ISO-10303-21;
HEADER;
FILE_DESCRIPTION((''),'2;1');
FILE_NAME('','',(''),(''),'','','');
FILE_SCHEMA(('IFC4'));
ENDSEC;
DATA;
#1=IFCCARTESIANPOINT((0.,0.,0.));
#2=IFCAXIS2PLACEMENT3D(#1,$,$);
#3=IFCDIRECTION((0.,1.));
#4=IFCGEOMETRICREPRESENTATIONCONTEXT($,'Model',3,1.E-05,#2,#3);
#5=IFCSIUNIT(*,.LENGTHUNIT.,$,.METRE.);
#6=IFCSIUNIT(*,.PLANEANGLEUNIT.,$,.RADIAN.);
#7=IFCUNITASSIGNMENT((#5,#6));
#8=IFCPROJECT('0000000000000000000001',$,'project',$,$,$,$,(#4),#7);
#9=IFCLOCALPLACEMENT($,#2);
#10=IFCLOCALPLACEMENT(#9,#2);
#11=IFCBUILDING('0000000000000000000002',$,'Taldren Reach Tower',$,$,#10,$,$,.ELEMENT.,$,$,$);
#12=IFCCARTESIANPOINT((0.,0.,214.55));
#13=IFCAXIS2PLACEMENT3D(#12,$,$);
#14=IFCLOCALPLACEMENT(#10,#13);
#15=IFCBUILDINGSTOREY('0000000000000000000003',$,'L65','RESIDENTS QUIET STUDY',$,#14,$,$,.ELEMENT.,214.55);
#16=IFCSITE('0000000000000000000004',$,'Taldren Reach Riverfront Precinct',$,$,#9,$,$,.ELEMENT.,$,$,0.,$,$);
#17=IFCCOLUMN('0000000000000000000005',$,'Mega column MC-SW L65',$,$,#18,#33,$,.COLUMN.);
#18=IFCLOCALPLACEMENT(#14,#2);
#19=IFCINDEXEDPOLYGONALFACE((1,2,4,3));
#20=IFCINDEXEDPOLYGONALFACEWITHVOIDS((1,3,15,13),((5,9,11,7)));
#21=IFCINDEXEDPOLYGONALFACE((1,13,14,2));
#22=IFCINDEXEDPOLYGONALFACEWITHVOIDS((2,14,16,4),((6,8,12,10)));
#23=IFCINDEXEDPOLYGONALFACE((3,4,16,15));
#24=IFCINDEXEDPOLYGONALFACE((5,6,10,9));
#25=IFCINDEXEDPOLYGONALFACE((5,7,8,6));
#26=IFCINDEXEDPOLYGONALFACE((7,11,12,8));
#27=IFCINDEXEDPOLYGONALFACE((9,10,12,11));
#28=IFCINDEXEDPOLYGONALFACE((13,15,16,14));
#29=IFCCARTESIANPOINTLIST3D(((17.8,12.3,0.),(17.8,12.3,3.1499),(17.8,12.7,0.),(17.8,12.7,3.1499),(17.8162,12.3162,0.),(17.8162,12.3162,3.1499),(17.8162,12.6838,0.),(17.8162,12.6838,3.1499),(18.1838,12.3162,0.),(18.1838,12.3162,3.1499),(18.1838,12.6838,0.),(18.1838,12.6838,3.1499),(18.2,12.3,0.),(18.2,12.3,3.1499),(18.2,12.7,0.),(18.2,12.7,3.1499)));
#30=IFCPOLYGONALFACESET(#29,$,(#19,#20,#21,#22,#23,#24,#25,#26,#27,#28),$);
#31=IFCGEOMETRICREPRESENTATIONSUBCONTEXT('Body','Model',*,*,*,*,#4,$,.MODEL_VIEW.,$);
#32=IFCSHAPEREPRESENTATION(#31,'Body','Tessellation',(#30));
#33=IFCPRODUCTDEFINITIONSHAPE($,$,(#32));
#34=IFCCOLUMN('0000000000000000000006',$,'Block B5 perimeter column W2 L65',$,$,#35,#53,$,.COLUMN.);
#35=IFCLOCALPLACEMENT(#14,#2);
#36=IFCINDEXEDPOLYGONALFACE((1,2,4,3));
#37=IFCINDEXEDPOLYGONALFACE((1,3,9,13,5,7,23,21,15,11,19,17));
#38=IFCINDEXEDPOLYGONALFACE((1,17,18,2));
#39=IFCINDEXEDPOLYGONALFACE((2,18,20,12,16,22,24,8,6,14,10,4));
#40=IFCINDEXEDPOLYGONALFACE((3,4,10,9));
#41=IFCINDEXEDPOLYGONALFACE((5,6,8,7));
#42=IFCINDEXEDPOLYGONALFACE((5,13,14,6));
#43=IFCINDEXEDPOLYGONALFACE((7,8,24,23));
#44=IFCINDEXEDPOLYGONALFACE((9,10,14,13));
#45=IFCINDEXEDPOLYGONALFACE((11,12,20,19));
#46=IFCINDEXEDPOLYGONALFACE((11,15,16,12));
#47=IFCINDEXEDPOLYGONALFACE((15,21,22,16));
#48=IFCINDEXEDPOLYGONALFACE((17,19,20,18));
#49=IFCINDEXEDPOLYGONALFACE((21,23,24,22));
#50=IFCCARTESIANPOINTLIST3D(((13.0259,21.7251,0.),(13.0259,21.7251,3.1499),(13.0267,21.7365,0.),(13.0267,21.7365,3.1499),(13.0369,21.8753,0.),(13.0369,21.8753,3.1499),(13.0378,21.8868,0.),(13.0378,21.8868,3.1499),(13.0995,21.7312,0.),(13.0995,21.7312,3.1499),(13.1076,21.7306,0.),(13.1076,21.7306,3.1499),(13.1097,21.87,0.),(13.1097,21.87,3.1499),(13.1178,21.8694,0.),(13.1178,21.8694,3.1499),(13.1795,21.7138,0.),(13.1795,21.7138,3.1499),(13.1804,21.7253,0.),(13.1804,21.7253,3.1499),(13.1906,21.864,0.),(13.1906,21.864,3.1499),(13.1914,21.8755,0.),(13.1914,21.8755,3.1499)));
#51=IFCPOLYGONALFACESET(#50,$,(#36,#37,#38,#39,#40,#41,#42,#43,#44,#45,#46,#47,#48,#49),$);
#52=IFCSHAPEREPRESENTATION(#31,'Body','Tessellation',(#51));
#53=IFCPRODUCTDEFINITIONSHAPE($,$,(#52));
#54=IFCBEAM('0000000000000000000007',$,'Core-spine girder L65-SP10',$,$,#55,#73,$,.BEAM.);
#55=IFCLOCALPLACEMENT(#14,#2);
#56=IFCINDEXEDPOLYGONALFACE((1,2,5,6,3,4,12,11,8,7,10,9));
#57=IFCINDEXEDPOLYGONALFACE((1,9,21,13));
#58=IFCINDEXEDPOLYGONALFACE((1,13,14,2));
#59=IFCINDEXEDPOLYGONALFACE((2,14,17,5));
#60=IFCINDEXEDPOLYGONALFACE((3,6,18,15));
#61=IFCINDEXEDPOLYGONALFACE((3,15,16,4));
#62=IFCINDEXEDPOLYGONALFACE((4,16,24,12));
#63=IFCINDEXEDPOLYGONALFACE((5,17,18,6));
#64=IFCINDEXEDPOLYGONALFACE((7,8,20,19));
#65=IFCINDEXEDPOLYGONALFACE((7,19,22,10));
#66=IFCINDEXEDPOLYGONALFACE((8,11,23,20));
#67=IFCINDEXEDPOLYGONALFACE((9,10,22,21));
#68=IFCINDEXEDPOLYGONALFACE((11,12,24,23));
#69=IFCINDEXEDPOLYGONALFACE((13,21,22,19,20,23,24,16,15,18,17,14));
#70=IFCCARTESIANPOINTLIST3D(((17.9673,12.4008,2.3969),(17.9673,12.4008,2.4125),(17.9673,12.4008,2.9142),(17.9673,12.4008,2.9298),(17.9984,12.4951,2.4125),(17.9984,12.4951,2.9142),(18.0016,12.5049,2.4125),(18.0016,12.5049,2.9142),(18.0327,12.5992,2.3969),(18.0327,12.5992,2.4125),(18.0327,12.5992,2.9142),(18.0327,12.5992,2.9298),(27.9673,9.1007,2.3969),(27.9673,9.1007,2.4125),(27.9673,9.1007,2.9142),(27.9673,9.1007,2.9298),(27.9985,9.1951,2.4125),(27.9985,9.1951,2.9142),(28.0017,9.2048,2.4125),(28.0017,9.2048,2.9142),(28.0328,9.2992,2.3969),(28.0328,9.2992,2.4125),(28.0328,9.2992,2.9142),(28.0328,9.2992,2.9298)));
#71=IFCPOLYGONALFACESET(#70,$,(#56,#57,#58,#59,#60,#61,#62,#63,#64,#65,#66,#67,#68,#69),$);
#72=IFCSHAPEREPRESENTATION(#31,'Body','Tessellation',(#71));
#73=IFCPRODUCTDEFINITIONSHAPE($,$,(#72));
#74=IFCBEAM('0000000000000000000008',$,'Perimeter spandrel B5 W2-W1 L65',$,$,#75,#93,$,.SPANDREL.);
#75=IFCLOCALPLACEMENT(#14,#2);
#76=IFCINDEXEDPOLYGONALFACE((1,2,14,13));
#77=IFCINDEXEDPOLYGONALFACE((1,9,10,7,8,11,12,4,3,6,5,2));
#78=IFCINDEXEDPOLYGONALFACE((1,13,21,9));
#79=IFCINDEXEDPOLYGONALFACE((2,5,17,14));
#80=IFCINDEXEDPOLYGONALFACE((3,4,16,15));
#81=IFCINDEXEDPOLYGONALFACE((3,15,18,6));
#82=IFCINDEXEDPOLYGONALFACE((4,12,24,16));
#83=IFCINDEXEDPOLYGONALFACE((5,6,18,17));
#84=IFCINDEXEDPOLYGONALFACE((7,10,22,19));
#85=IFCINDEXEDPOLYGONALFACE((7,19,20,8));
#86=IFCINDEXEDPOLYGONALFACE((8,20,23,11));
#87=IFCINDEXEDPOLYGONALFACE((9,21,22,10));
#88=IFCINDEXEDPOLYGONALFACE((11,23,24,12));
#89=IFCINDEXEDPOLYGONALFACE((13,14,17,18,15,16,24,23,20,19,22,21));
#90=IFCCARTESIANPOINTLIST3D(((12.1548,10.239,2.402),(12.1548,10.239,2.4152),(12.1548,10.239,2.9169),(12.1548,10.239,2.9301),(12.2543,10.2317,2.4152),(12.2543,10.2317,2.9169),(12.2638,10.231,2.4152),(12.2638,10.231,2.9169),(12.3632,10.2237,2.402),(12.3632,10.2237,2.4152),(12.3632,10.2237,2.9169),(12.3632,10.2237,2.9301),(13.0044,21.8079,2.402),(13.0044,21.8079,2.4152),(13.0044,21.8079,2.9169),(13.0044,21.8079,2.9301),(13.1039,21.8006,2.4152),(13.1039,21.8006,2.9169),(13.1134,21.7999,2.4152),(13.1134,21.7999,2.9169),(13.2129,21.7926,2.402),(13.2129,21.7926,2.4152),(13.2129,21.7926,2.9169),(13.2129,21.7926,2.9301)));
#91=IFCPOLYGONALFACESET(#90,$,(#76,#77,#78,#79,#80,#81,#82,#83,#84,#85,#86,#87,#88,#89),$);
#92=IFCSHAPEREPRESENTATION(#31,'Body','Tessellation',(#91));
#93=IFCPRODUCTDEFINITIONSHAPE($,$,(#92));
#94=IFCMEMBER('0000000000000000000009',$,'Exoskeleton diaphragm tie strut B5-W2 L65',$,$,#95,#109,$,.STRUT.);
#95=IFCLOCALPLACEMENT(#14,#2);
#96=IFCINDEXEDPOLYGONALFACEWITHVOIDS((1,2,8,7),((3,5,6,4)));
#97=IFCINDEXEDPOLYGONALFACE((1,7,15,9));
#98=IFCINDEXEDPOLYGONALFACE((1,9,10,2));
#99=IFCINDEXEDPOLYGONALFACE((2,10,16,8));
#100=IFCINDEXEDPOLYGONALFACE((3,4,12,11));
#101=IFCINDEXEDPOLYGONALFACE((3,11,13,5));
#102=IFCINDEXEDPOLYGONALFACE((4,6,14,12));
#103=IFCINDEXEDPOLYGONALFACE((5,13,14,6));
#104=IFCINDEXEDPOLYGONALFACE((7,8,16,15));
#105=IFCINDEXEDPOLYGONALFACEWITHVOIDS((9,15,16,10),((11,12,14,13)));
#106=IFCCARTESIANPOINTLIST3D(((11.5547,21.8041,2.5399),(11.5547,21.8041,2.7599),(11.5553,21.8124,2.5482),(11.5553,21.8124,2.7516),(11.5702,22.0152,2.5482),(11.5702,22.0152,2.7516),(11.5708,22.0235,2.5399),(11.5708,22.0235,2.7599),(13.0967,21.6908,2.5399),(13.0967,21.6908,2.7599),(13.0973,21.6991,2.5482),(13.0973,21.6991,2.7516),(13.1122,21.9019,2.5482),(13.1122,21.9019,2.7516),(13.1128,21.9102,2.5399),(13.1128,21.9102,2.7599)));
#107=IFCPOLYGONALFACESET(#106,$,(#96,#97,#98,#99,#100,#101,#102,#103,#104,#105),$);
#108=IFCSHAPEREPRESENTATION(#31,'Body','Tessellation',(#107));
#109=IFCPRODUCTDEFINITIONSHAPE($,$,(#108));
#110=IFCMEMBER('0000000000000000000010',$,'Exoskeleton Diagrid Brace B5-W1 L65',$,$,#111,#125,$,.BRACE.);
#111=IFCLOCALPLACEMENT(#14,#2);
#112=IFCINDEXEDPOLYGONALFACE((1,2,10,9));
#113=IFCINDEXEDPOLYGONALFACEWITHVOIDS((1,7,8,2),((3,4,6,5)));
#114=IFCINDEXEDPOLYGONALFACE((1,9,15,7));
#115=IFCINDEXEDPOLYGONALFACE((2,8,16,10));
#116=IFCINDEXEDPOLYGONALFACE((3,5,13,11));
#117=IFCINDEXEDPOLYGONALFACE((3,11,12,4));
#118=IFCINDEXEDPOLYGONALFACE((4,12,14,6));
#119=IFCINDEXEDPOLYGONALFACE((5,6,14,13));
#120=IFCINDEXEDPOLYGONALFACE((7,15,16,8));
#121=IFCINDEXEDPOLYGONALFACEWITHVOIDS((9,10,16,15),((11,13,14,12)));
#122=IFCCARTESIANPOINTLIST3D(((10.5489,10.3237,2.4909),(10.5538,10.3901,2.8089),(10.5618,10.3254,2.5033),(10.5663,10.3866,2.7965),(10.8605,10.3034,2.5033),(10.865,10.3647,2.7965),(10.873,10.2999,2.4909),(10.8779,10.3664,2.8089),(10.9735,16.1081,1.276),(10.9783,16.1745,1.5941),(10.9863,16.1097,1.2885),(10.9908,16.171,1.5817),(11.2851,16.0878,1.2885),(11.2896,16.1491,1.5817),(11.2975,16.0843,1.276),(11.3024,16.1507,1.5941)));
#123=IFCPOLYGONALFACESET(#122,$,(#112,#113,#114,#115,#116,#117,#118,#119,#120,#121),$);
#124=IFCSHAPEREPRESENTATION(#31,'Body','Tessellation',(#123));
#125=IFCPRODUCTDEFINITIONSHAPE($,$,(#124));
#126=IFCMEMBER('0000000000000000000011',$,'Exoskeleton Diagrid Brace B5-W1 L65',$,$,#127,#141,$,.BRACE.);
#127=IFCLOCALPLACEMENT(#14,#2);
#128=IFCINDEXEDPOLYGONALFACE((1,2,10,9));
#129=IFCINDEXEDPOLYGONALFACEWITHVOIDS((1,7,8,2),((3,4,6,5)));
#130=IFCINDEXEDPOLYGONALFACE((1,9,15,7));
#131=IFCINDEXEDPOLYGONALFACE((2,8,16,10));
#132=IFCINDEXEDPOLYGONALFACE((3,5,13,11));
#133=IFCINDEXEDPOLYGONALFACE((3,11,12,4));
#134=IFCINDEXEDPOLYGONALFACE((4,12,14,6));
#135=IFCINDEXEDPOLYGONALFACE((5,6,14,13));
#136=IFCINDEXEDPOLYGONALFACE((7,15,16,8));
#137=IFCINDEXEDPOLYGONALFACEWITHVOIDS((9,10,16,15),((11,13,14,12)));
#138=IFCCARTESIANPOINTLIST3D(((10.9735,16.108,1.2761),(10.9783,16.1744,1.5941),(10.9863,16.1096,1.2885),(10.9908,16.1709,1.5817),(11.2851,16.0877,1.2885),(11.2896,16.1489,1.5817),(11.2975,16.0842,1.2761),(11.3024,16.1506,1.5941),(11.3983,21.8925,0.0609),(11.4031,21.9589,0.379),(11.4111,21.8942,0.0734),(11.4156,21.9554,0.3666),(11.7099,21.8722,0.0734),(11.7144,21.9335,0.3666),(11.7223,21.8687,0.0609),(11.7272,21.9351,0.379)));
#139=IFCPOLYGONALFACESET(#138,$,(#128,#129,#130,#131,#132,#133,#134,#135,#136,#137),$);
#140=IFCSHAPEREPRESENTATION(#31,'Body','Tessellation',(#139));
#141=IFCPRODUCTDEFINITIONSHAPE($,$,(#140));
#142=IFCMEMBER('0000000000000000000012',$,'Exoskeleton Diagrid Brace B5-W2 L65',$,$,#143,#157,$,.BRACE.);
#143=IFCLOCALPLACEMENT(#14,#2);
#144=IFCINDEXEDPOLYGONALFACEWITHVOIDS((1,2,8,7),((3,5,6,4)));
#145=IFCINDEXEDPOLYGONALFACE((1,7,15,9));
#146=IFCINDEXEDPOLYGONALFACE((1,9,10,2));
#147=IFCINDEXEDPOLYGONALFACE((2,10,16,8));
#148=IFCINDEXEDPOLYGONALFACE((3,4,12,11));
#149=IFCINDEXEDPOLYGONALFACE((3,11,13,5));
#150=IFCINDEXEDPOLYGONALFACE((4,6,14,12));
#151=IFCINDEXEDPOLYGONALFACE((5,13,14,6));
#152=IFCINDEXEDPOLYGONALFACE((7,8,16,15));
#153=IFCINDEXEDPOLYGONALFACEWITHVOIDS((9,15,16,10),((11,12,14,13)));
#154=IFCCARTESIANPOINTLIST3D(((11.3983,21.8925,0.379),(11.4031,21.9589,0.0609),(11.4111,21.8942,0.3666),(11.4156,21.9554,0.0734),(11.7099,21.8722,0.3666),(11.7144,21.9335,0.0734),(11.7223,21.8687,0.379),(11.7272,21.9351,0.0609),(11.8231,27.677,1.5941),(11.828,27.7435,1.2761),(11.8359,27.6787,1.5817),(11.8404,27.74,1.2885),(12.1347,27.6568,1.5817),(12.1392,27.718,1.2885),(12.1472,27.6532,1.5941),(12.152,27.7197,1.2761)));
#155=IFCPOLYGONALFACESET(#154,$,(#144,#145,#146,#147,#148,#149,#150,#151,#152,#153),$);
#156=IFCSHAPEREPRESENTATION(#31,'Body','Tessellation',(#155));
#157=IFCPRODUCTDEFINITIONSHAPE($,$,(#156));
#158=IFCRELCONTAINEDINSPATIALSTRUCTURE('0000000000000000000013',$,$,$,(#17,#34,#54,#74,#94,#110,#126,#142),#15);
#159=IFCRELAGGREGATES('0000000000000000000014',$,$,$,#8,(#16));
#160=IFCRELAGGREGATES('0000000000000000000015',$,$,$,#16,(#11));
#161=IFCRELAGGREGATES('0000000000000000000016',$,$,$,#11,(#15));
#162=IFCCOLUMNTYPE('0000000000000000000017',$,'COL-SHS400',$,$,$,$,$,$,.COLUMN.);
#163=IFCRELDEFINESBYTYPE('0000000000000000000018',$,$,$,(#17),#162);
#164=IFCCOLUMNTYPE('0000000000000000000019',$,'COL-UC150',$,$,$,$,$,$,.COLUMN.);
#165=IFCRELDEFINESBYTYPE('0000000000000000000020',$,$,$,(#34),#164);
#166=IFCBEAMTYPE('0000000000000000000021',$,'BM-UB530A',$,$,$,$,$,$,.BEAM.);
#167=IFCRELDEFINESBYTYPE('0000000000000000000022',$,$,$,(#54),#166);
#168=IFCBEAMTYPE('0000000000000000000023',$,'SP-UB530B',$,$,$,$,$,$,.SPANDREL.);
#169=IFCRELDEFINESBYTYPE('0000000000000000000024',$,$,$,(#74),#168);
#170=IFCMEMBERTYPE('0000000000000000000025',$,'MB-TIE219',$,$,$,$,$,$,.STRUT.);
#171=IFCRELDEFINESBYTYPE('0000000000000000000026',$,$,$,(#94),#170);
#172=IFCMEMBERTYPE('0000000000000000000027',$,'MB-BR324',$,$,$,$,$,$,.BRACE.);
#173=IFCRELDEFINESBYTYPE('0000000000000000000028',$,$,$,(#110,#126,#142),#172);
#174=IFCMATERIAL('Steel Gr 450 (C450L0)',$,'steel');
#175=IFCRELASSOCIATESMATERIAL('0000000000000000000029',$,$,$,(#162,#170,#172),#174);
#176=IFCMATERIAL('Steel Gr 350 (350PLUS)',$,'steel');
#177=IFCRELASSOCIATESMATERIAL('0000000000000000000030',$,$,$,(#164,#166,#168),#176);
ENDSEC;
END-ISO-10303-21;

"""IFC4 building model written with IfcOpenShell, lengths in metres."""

from ifc_helpers import new_model, si_unit, direction, frame, origin, origin_2d, place, context, subcontext, project, spatial, hollow_rectangle, i_section, extrude, source, transform, mapped, material, material_profile, profile_set, type_object, element, save


model = new_model("IFC4")

# Units and contexts
model_context = context("Model", 3, precision=1e-05, world=origin(), true_north=direction((0.0, 1.0)))
body_context = subcontext(model_context, "Body", "Model", "MODEL_VIEW")
ifc_project = project(units=[si_unit("LENGTHUNIT", "METRE"), si_unit("PLANEANGLEUNIT", "RADIAN")], contexts=[model_context])

# Site, building, storey
site_placement = place(None, origin())
site = spatial("IfcSite", under=ifc_project, at=site_placement, Name="Taldren Reach Riverfront Precinct", CompositionType="ELEMENT", RefElevation=0.0)
building_placement = place(site_placement, origin())
building = spatial("IfcBuilding", under=site, at=building_placement, Name="Taldren Reach Tower", CompositionType="ELEMENT")
storey_placement = place(building_placement, frame((0.0, 0.0, 214.55)))
storey = spatial("IfcBuildingStorey", under=building, at=storey_placement, Name="L65", Description="RESIDENTS QUIET STUDY", CompositionType="ELEMENT", Elevation=214.55)

# Columns
ifc_material_1 = material(Name="Steel Gr 450 (C450L0)", Category="steel")
ifc_material_profile_1 = material_profile(ifc_material_1, hollow_rectangle(XDim=0.3999, YDim=0.3999, WallThickness=0.0161, at=origin_2d()), Name="400x400x16.0SHS")
ifc_profile_set_1 = profile_set([ifc_material_profile_1], Name="Steel Gr 450 (C450L0)")
column_type_1 = type_object("IfcColumnType", Name="COL-SHS400", PredefinedType="COLUMN", material=ifc_profile_set_1)
shared_shape_1 = source(origin(), body_context, "Body", "SweptSolid", [
    extrude(hollow_rectangle(XDim=0.3999, YDim=0.3999, WallThickness=0.0161, at=origin_2d()), origin(), (0.0, 0.0, 1.0), 3.1499),
])
column_1_placement = place(storey_placement, frame((18.0, 12.5, 0.0), z_axis=(0.0, 0.0, 1.0), x_axis=(1.0, 0.0, 0.0)))
element("IfcColumn", 1, at=column_1_placement, inside=storey, type_object=column_type_1, Name="Mega column MC-SW L65", PredefinedType="COLUMN", context=body_context, shape_type="MappedRepresentation", body=[
    mapped(shared_shape_1, transform((0.0, 0.0, 0.0), scale=1.0)),
])
ifc_material_2 = material(Name="Steel Gr 350 (350PLUS)", Category="steel")
ifc_material_profile_2 = material_profile(ifc_material_2, i_section(OverallWidth=0.1541, OverallDepth=0.1621, WebThickness=0.0081, FlangeThickness=0.0115, at=origin_2d()), Name="150UC37.2")
ifc_profile_set_2 = profile_set([ifc_material_profile_2], Name="Steel Gr 350 (350PLUS)")
column_type_2 = type_object("IfcColumnType", Name="COL-UC150", PredefinedType="COLUMN", material=ifc_profile_set_2)
shared_shape_2 = source(origin(), body_context, "Body", "SweptSolid", [
    extrude(i_section(OverallWidth=0.1541, OverallDepth=0.1621, WebThickness=0.0081, FlangeThickness=0.0115, at=origin_2d()), origin(), (0.0, 0.0, 1.0), 3.1499),
])
column_2_placement = place(storey_placement, frame((13.1086, 21.8003, 0.0), z_axis=(0.0, 0.0, 1.0), x_axis=(0.997314, -0.073238, 0.0)))
element("IfcColumn", 2, at=column_2_placement, inside=storey, type_object=column_type_2, Name="Block B5 perimeter column W2 L65", PredefinedType="COLUMN", context=body_context, shape_type="MappedRepresentation", body=[
    mapped(shared_shape_2, transform((0.0, 0.0, 0.0), scale=1.0)),
])

# Beams
ifc_material_profile_3 = material_profile(ifc_material_2, i_section(OverallWidth=0.209, OverallDepth=0.533, WebThickness=0.0103, FlangeThickness=0.0156, at=origin_2d()), Name="530UB92.4")
ifc_profile_set_3 = profile_set([ifc_material_profile_3], Name="Steel Gr 350 (350PLUS)")
beam_type_1 = type_object("IfcBeamType", Name="BM-UB530A", PredefinedType="BEAM", material=ifc_profile_set_3)
shared_shape_3 = source(origin(), body_context, "Body", "SweptSolid", [
    extrude(i_section(OverallWidth=0.209, OverallDepth=0.533, WebThickness=0.0103, FlangeThickness=0.0156, at=origin_2d()), origin(), (0.0, 0.0, 1.0), 10.5305),
])
beam_1_placement = place(storey_placement, frame((18.0, 12.5, 2.6633), z_axis=(0.949627, -0.313382, 0.0), x_axis=(0.313382, 0.949627, 0.0)))
element("IfcBeam", 3, at=beam_1_placement, inside=storey, type_object=beam_type_1, Name="Core-spine girder L65-SP10", PredefinedType="BEAM", context=body_context, shape_type="MappedRepresentation", body=[
    mapped(shared_shape_3, transform((0.0, 0.0, 0.0), scale=1.0)),
])
ifc_material_profile_4 = material_profile(ifc_material_2, i_section(OverallWidth=0.209, OverallDepth=0.5281, WebThickness=0.0095, FlangeThickness=0.0132, at=origin_2d()), Name="530UB82.0")
ifc_profile_set_4 = profile_set([ifc_material_profile_4], Name="Steel Gr 350 (350PLUS)")
beam_type_2 = type_object("IfcBeamType", Name="SP-UB530B", PredefinedType="SPANDREL", material=ifc_profile_set_4)
shared_shape_4 = source(origin(), body_context, "Body", "SweptSolid", [
    extrude(i_section(OverallWidth=0.209, OverallDepth=0.5281, WebThickness=0.0095, FlangeThickness=0.0132, at=origin_2d()), origin(), (0.0, 0.0, 1.0), 11.6001),
])
beam_2_placement = place(storey_placement, frame((13.1086, 21.8003, 2.666), z_axis=(-0.073242, -0.997314, 0.0), x_axis=(0.997314, -0.073242, 0.0)))
element("IfcBeam", 4, at=beam_2_placement, inside=storey, type_object=beam_type_2, Name="Perimeter spandrel B5 W2-W1 L65", PredefinedType="SPANDREL", context=body_context, shape_type="MappedRepresentation", body=[
    mapped(shared_shape_4, transform((0.0, 0.0, 0.0), scale=1.0)),
])

# Members
ifc_material_profile_5 = material_profile(ifc_material_1, hollow_rectangle(XDim=0.22, YDim=0.22, WallThickness=0.0083, at=origin_2d()), Name="220x220x8.2SHS")
ifc_profile_set_5 = profile_set([ifc_material_profile_5], Name="Steel Gr 450 (C450L0)")
member_type_1 = type_object("IfcMemberType", Name="MB-TIE219", PredefinedType="STRUT", material=ifc_profile_set_5)
shared_shape_5 = source(origin(), body_context, "Body", "SweptSolid", [
    extrude(hollow_rectangle(XDim=0.22, YDim=0.22, WallThickness=0.0083, at=origin_2d()), origin(), (0.0, 0.0, 1.0), 1.5461),
])
member_1_placement = place(storey_placement, frame((13.1047, 21.8005, 2.6499), z_axis=(-0.997312, 0.073267, 0.0), x_axis=(-0.073267, -0.997312, 0.0)))
element("IfcMember", 5, at=member_1_placement, inside=storey, type_object=member_type_1, Name="Exoskeleton diaphragm tie strut B5-W2 L65", PredefinedType="STRUT", context=body_context, shape_type="MappedRepresentation", body=[
    mapped(shared_shape_5, transform((0.0, 0.0, 0.0), scale=1.0)),
])
ifc_material_profile_6 = material_profile(ifc_material_1, hollow_rectangle(XDim=0.325, YDim=0.325, WallThickness=0.0127, at=origin_2d()), Name="325x325x12.7SHS")
ifc_profile_set_6 = profile_set([ifc_material_profile_6], Name="Steel Gr 450 (C450L0)")
member_type_2 = type_object("IfcMemberType", Name="MB-BR324", PredefinedType="BRACE", material=ifc_profile_set_6)
shared_shape_6 = source(origin(), body_context, "Body", "SweptSolid", [
    extrude(hollow_rectangle(XDim=0.325, YDim=0.325, WallThickness=0.0127, at=origin_2d()), origin(), (0.0, 0.0, 1.0), 5.9258),
])
member_2_placement = place(storey_placement, frame((11.1379, 16.1294, 1.4351), z_axis=(-0.071646, -0.976135, 0.205008), x_axis=(0.997317, -0.0732, 0.0)))
element("IfcMember", 6, at=member_2_placement, inside=storey, type_object=member_type_2, Name="Exoskeleton Diagrid Brace B5-W1 L65", PredefinedType="BRACE", context=body_context, shape_type="MappedRepresentation", body=[
    mapped(shared_shape_6, transform((0.0, 0.0, 0.0), scale=1.0)),
])
shared_shape_7 = source(origin(), body_context, "Body", "SweptSolid", [
    extrude(hollow_rectangle(XDim=0.325, YDim=0.325, WallThickness=0.0127, at=origin_2d()), origin(), (0.0, 0.0, 1.0), 5.926),
])
for number, where, z_axis, x_axis, name in (
    (7, (11.5627, 21.9138, 0.22), (-0.071686, -0.976123, 0.205046), (0.997314, -0.073242, 0.0), "Exoskeleton Diagrid Brace B5-W1 L65"),
    (8, (11.5627, 21.9138, 0.22), (0.071686, 0.976123, 0.205046), (-0.997314, 0.073242, 0.0), "Exoskeleton Diagrid Brace B5-W2 L65"),
):
    element("IfcMember", number, at=place(storey_placement, frame(where, z_axis=z_axis, x_axis=x_axis)), inside=storey, type_object=member_type_2, Name=name, PredefinedType="BRACE", context=body_context, shape_type="MappedRepresentation", body=[
        mapped(shared_shape_7, transform((0.0, 0.0, 0.0), scale=1.0)),
    ])

save(model, "model.ifc")
